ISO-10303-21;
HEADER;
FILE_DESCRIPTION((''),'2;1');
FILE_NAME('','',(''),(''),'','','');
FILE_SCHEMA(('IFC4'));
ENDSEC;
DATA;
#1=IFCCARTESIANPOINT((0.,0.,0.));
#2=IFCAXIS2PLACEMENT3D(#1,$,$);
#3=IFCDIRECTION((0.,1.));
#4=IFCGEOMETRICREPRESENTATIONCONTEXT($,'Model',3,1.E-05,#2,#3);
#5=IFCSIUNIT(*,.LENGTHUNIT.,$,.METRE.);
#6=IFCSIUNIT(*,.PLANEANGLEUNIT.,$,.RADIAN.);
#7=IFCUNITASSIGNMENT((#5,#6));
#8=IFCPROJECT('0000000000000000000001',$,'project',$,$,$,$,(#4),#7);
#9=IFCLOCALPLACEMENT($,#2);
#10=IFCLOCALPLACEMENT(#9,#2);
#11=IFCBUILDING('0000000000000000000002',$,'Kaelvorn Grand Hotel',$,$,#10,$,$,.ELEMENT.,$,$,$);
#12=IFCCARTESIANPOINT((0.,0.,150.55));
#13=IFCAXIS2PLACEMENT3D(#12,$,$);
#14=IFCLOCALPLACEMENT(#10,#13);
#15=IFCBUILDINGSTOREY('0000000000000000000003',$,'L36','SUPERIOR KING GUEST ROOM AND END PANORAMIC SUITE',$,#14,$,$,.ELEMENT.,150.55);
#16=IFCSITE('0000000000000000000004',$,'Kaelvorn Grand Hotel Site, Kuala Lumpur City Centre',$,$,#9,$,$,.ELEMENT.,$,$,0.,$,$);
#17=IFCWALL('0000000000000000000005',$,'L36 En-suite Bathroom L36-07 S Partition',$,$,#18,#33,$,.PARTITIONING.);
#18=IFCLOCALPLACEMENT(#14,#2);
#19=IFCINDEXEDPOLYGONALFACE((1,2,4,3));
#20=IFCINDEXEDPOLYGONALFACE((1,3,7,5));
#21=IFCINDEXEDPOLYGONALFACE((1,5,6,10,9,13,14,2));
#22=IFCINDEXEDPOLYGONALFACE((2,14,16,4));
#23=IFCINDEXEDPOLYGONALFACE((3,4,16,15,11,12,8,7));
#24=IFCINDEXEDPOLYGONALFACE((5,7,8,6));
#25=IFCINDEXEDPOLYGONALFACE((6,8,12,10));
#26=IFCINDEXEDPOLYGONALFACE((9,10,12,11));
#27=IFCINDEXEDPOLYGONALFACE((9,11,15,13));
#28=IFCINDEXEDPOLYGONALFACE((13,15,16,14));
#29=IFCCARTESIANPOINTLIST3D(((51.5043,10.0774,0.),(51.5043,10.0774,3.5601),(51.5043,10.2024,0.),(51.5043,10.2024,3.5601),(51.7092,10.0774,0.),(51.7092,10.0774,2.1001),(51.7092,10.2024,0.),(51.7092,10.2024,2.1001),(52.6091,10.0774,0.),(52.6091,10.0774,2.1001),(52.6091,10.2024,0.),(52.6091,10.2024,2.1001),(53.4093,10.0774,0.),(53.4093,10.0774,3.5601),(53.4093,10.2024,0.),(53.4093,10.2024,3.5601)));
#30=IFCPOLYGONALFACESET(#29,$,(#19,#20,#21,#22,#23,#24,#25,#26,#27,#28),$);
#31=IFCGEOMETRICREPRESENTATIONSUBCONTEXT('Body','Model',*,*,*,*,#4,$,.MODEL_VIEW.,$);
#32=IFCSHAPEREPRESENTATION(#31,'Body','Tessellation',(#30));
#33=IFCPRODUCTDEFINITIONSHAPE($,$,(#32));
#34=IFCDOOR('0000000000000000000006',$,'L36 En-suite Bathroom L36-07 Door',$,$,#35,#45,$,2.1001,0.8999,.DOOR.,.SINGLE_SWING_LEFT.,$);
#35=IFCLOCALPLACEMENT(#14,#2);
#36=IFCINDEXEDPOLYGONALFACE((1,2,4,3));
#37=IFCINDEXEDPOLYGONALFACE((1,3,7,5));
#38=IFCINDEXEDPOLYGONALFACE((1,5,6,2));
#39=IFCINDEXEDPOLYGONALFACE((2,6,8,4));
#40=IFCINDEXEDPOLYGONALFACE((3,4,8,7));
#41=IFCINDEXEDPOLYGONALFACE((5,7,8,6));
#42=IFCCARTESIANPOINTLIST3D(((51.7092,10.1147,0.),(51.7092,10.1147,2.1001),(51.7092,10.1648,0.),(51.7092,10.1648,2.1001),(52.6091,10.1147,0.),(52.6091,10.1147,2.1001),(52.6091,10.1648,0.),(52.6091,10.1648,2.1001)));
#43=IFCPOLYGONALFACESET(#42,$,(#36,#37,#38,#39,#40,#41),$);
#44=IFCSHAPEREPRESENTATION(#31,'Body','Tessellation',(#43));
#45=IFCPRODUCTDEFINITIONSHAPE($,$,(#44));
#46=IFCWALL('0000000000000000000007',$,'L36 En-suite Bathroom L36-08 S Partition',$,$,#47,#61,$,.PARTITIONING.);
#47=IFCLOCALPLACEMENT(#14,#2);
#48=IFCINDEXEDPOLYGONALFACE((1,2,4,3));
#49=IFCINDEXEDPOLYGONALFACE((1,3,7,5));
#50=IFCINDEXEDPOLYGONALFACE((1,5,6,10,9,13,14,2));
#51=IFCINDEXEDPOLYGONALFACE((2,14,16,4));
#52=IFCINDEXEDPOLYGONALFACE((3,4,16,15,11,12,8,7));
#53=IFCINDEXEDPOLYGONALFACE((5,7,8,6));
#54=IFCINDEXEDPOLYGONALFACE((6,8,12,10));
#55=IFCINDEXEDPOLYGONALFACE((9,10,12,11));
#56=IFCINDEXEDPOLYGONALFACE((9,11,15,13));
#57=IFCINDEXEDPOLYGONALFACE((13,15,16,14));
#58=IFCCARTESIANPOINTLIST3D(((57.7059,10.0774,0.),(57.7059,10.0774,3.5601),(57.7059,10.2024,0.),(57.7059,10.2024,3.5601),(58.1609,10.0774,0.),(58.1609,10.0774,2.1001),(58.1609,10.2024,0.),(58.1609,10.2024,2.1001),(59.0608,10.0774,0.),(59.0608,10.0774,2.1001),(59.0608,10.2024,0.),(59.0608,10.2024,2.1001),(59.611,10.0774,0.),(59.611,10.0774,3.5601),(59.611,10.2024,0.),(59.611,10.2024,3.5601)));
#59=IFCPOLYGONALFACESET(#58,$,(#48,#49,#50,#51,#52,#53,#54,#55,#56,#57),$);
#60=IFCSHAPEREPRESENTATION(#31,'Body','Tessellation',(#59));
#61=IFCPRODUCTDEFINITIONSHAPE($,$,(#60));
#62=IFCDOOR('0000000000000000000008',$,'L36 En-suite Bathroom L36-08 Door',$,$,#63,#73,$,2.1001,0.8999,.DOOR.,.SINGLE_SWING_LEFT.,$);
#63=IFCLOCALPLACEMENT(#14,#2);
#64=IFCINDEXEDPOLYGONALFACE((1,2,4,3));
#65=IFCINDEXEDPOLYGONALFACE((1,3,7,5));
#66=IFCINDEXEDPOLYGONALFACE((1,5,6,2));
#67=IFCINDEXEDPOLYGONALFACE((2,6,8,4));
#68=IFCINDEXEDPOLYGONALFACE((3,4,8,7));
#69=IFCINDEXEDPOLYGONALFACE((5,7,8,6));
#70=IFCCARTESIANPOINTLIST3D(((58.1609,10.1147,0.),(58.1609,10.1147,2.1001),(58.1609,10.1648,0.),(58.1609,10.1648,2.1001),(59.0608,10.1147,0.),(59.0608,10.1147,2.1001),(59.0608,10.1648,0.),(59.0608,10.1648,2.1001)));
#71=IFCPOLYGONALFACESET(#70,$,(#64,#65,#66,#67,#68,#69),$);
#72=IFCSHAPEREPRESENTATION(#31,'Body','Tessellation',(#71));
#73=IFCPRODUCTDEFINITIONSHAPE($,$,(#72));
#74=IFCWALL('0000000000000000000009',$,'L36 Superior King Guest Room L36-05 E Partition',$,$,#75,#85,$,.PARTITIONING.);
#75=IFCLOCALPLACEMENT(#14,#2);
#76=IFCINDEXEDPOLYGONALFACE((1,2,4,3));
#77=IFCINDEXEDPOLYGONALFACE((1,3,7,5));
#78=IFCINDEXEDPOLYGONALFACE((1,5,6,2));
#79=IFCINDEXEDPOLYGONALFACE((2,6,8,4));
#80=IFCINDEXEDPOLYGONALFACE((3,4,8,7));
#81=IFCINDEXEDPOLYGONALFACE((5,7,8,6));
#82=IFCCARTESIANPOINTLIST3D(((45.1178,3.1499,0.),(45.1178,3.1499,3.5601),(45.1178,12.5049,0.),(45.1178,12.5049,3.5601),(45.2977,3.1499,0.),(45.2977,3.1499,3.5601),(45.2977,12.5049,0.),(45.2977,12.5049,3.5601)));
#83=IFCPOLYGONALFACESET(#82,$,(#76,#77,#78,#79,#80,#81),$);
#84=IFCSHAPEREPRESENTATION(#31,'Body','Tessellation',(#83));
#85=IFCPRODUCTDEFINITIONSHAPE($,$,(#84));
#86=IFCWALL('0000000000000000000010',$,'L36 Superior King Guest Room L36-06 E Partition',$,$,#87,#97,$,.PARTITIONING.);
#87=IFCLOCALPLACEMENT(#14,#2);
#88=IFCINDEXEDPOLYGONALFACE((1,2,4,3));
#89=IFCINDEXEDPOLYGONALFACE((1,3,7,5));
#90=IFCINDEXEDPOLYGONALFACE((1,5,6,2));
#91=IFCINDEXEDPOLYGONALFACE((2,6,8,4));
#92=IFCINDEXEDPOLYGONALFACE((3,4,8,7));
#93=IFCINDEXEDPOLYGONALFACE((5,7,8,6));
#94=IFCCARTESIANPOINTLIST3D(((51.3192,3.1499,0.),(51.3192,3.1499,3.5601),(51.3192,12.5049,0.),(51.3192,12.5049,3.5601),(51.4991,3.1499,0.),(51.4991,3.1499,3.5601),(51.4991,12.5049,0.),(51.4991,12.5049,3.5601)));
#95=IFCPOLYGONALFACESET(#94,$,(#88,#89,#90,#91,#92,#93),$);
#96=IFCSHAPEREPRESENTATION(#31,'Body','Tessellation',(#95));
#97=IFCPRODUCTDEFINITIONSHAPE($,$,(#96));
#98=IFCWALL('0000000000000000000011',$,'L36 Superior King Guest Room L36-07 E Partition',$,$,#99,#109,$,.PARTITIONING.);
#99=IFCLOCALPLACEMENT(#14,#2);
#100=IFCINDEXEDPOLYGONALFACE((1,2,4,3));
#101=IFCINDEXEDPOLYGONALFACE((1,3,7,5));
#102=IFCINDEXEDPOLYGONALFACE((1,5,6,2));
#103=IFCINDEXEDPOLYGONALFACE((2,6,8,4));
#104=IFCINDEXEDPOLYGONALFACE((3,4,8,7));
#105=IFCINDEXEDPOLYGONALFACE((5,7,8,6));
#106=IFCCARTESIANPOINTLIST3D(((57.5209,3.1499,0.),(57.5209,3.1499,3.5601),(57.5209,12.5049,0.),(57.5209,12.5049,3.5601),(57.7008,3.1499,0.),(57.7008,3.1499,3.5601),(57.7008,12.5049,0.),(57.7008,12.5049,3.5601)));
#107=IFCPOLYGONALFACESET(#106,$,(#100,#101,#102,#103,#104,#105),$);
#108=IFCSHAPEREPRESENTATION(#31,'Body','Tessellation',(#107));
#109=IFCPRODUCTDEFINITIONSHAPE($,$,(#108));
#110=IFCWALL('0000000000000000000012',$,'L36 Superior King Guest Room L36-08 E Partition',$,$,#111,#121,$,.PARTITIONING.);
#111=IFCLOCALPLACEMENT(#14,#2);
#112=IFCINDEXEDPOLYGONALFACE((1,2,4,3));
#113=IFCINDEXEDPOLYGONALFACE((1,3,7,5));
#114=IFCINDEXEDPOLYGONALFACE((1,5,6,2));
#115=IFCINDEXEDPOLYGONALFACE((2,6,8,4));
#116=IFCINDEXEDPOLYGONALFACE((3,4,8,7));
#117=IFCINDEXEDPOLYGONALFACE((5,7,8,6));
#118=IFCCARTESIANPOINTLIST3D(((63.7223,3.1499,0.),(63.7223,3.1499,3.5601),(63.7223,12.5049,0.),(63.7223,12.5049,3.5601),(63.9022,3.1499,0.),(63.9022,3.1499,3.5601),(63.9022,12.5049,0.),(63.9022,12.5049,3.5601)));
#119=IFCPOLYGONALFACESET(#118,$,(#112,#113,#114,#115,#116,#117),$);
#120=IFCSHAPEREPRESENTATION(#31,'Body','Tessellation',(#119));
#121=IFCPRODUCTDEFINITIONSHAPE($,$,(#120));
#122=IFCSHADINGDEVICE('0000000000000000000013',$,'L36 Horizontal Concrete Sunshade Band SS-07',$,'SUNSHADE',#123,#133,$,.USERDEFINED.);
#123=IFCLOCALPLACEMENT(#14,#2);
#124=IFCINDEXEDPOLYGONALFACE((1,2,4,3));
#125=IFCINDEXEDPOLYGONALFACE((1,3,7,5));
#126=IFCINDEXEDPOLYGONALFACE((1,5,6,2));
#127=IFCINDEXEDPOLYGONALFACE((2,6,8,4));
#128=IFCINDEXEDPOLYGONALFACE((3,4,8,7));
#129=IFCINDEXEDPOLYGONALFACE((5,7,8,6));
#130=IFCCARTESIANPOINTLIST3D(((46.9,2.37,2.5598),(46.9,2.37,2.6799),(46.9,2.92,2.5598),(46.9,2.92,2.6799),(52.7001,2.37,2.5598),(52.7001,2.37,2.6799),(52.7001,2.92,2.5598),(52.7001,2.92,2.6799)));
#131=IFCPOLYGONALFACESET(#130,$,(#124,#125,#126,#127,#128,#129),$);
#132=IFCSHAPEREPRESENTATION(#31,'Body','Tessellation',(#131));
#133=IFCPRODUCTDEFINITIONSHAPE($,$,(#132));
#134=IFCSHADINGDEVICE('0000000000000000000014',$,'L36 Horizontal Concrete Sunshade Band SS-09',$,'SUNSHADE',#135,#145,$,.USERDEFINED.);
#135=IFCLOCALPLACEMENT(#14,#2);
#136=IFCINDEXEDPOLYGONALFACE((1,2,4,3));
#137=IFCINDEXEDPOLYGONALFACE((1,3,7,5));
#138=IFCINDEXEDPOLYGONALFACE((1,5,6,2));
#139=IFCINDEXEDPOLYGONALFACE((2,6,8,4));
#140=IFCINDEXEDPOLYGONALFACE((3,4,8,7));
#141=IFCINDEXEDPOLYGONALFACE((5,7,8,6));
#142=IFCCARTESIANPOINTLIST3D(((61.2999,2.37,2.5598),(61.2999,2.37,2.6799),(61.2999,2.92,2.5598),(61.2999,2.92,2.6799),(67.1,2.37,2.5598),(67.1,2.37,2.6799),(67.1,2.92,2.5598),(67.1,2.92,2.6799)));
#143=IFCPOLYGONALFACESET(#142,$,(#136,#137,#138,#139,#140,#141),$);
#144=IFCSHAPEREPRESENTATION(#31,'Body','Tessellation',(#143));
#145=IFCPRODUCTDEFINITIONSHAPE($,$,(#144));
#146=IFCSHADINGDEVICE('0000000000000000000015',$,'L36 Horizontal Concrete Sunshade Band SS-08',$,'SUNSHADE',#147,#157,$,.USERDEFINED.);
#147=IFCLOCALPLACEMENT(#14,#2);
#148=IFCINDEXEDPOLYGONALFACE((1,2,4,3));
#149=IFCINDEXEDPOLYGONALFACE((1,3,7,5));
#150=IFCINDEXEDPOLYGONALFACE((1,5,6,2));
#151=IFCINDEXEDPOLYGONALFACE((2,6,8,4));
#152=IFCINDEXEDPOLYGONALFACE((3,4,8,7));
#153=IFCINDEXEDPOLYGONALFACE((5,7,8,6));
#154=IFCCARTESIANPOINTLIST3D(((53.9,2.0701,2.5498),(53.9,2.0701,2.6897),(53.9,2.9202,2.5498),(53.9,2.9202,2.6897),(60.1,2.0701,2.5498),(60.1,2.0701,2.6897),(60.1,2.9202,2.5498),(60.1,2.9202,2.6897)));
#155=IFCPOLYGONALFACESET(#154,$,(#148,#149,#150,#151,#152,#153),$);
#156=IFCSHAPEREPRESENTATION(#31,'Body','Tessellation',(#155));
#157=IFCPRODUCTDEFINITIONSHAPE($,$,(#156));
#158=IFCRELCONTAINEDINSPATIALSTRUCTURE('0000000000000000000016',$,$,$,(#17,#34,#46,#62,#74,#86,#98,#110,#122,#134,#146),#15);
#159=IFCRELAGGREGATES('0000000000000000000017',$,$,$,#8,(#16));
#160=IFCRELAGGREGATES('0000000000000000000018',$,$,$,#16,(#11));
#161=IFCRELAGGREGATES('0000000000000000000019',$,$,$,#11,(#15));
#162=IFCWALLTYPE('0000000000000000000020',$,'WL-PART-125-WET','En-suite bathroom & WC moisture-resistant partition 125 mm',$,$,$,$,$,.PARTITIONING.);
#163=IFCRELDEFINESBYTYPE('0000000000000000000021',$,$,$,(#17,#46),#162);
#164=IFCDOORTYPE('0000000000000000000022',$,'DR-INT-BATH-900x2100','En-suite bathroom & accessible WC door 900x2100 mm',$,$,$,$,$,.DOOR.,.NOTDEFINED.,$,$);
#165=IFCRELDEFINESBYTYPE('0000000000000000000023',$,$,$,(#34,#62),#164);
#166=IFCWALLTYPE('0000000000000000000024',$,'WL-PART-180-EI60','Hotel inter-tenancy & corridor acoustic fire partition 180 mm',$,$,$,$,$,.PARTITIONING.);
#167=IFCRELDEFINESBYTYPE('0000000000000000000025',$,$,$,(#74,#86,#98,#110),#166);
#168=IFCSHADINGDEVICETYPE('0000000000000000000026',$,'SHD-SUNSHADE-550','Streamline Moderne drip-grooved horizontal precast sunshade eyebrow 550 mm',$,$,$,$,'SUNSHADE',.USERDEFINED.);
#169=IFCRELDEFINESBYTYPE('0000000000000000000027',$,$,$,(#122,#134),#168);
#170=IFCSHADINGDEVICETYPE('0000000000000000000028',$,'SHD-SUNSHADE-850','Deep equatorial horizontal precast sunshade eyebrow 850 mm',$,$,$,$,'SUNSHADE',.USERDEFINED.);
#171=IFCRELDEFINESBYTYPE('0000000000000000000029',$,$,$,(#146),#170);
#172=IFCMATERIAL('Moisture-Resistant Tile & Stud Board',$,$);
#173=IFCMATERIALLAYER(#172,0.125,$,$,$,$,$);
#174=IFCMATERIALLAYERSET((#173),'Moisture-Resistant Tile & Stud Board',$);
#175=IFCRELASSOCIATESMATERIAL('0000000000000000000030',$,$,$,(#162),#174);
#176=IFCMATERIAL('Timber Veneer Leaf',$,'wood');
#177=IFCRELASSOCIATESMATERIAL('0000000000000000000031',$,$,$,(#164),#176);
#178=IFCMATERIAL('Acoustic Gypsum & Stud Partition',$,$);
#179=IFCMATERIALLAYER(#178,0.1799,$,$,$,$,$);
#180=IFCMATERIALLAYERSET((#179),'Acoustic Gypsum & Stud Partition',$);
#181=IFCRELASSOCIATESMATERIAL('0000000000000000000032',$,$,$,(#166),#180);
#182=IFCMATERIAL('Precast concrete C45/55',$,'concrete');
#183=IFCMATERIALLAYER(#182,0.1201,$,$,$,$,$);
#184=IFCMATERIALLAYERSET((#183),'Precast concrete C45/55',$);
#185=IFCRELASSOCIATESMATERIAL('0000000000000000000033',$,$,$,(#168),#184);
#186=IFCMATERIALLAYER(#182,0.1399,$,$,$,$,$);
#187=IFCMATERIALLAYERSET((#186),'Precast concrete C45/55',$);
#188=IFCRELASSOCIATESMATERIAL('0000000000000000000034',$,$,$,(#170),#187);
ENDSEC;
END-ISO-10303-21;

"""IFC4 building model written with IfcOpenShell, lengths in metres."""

from ifc_helpers import new_model, si_unit, direction, frame, frame_2d, origin, origin_2d, place, context, subcontext, project, spatial, rectangle, extrude, material, layer, layer_set, type_object, element, fill, save


model = new_model("IFC4")

# Units and contexts
model_context = context("Model", 3, precision=1e-05, world=origin(), true_north=direction((0.0, 1.0)))
body_context = subcontext(model_context, "Body", "Model", "MODEL_VIEW")
ifc_project = project(units=[si_unit("LENGTHUNIT", "METRE"), si_unit("PLANEANGLEUNIT", "RADIAN")], contexts=[model_context])

# Site, building, storey
site_placement = place(None, origin())
site = spatial("IfcSite", under=ifc_project, at=site_placement, Name="Kaelvorn Grand Hotel Site, Kuala Lumpur City Centre", CompositionType="ELEMENT", RefElevation=0.0)
building_placement = place(site_placement, origin())
building = spatial("IfcBuilding", under=site, at=building_placement, Name="Kaelvorn Grand Hotel", CompositionType="ELEMENT")
storey_placement = place(building_placement, frame((0.0, 0.0, 150.55)))
storey = spatial("IfcBuildingStorey", under=building, at=storey_placement, Name="L36", Description="SUPERIOR KING GUEST ROOM AND END PANORAMIC SUITE", CompositionType="ELEMENT", Elevation=150.55)

# Shared definitions
ifc_material_1 = material(Name="Moisture-Resistant Tile & Stud Board")
ifc_layer_1 = layer(ifc_material_1, 0.125)
ifc_layer_set_1 = layer_set([ifc_layer_1], Name="Moisture-Resistant Tile & Stud Board")
wall_type_1 = type_object("IfcWallType", Name="WL-PART-125-WET", Description="En-suite bathroom & WC moisture-resistant partition 125 mm", PredefinedType="PARTITIONING", material=ifc_layer_set_1)
ifc_material_2 = material(Name="Timber Veneer Leaf", Category="wood")
door_type = type_object("IfcDoorType", Name="DR-INT-BATH-900x2100", Description="En-suite bathroom & accessible WC door 900x2100 mm", OperationType="NOTDEFINED", PredefinedType="DOOR", material=ifc_material_2)

# Walls, openings, doors
wall_1_placement = place(storey_placement, frame((51.5042, 10.1399, 0.0), z_axis=(0.0, 0.0, 1.0), x_axis=(1.0, 0.0, 0.0)))
wall_1 = element("IfcWall", 1, at=wall_1_placement, inside=storey, type_object=wall_type_1, Name="L36 En-suite Bathroom L36-07 S Partition", PredefinedType="PARTITIONING", context=body_context, shape_type="SweptSolid", body=[
    extrude(rectangle(XDim=1.905, YDim=0.125, at=frame_2d((0.9526, 0.0))), origin(), (0.0, 0.0, 1.0), 3.5601),
])
opening_1_placement = place(wall_1_placement, frame((0.2051, 0.0, 0.0)))
opening_1 = element("IfcOpeningElement", 2, at=opening_1_placement, cuts=wall_1, PredefinedType="OPENING", context=body_context, shape_type="SweptSolid", body=[
    extrude(rectangle(XDim=0.8999, YDim=2.1001, at=frame_2d((0.45, 1.05))), frame((0.0, 0.0725, 0.0), z_axis=(0.0, -1.0, 0.0), x_axis=(1.0, 0.0, 0.0)), (0.0, 0.0, 1.0), 0.145),
])
door_1_placement = place(opening_1_placement, origin())
door_1 = element("IfcDoor", 3, at=door_1_placement, inside=storey, type_object=door_type, Name="L36 En-suite Bathroom L36-07 Door", OperationType="SINGLE_SWING_LEFT", OverallHeight=2.1001, OverallWidth=0.8999, PredefinedType="DOOR", context=body_context, shape_type="SweptSolid", body=[
    extrude(rectangle(XDim=0.8999, YDim=2.1001, at=frame_2d((0.45, 1.05))), frame((0.0, 0.0249, 0.0), z_axis=(0.0, -1.0, 0.0), x_axis=(1.0, 0.0, 0.0)), (0.0, 0.0, 1.0), 0.05),
])
fill(opening_1, door_1)
wall_2_placement = place(storey_placement, frame((57.7058, 10.1399, 0.0), z_axis=(0.0, 0.0, 1.0), x_axis=(1.0, 0.0, 0.0)))
wall_2 = element("IfcWall", 4, at=wall_2_placement, inside=storey, type_object=wall_type_1, Name="L36 En-suite Bathroom L36-08 S Partition", PredefinedType="PARTITIONING", context=body_context, shape_type="SweptSolid", body=[
    extrude(rectangle(XDim=1.905, YDim=0.125, at=frame_2d((0.9526, 0.0))), origin(), (0.0, 0.0, 1.0), 3.5601),
])
opening_2_placement = place(wall_2_placement, frame((0.4551, 0.0, 0.0)))
opening_2 = element("IfcOpeningElement", 5, at=opening_2_placement, cuts=wall_2, PredefinedType="OPENING", context=body_context, shape_type="SweptSolid", body=[
    extrude(rectangle(XDim=0.8999, YDim=2.1001, at=frame_2d((0.45, 1.05))), frame((0.0, 0.0725, 0.0), z_axis=(0.0, -1.0, 0.0), x_axis=(1.0, 0.0, 0.0)), (0.0, 0.0, 1.0), 0.145),
])
door_2_placement = place(opening_2_placement, origin())
door_2 = element("IfcDoor", 6, at=door_2_placement, inside=storey, type_object=door_type, Name="L36 En-suite Bathroom L36-08 Door", OperationType="SINGLE_SWING_LEFT", OverallHeight=2.1001, OverallWidth=0.8999, PredefinedType="DOOR", context=body_context, shape_type="SweptSolid", body=[
    extrude(rectangle(XDim=0.8999, YDim=2.1001, at=frame_2d((0.45, 1.05))), frame((0.0, 0.0249, 0.0), z_axis=(0.0, -1.0, 0.0), x_axis=(1.0, 0.0, 0.0)), (0.0, 0.0, 1.0), 0.05),
])
fill(opening_2, door_2)

# Walls
ifc_material_3 = material(Name="Acoustic Gypsum & Stud Partition")
ifc_layer_2 = layer(ifc_material_3, 0.1799)
ifc_layer_set_2 = layer_set([ifc_layer_2], Name="Acoustic Gypsum & Stud Partition")
wall_type_2 = type_object("IfcWallType", Name="WL-PART-180-EI60", Description="Hotel inter-tenancy & corridor acoustic fire partition 180 mm", PredefinedType="PARTITIONING", material=ifc_layer_set_2)
for number, where, z_axis, x_axis, name in (
    (7, (45.2078, 3.1499, 0.0), (0.0, 0.0, 1.0), (0.0, 1.0, 0.0), "L36 Superior King Guest Room L36-05 E Partition"),
    (8, (51.4092, 3.1499, 0.0), (0.0, 0.0, 1.0), (0.0, 1.0, 0.0), "L36 Superior King Guest Room L36-06 E Partition"),
    (9, (57.6108, 3.1499, 0.0), (0.0, 0.0, 1.0), (0.0, 1.0, 0.0), "L36 Superior King Guest Room L36-07 E Partition"),
    (10, (63.8123, 3.1499, 0.0), (0.0, 0.0, 1.0), (0.0, 1.0, 0.0), "L36 Superior King Guest Room L36-08 E Partition"),
):
    element("IfcWall", number, at=place(storey_placement, frame(where, z_axis=z_axis, x_axis=x_axis)), inside=storey, type_object=wall_type_2, Name=name, PredefinedType="PARTITIONING", context=body_context, shape_type="SweptSolid", body=[
        extrude(rectangle(XDim=9.355, YDim=0.1799, at=frame_2d((4.6775, 0.0))), origin(), (0.0, 0.0, 1.0), 3.5601),
    ])

# Shading devices
ifc_material_4 = material(Name="Precast concrete C45/55", Category="concrete")
ifc_layer_3 = layer(ifc_material_4, 0.1201)
ifc_layer_set_3 = layer_set([ifc_layer_3], Name="Precast concrete C45/55")
shading_device_type_1 = type_object("IfcShadingDeviceType", Name="SHD-SUNSHADE-550", Description="Streamline Moderne drip-grooved horizontal precast sunshade eyebrow 550 mm", ElementType="SUNSHADE", PredefinedType="USERDEFINED", material=ifc_layer_set_3)
for number, where, z_axis, x_axis, name in (
    (11, (49.8, 2.645, 2.5598), (0.0, 0.0, 1.0), (1.0, 0.0, 0.0), "L36 Horizontal Concrete Sunshade Band SS-07"),
    (12, (64.2, 2.645, 2.5598), (0.0, 0.0, 1.0), (1.0, 0.0, 0.0), "L36 Horizontal Concrete Sunshade Band SS-09"),
):
    element("IfcShadingDevice", number, at=place(storey_placement, frame(where, z_axis=z_axis, x_axis=x_axis)), inside=storey, type_object=shading_device_type_1, Name=name, ObjectType="SUNSHADE", PredefinedType="USERDEFINED", context=body_context, shape_type="SweptSolid", body=[
        extrude(rectangle(XDim=5.8, YDim=0.55, at=origin_2d()), origin(), (0.0, 0.0, 1.0), 0.1201),
    ])
ifc_layer_4 = layer(ifc_material_4, 0.1399)
ifc_layer_set_4 = layer_set([ifc_layer_4], Name="Precast concrete C45/55")
shading_device_type_2 = type_object("IfcShadingDeviceType", Name="SHD-SUNSHADE-850", Description="Deep equatorial horizontal precast sunshade eyebrow 850 mm", ElementType="SUNSHADE", PredefinedType="USERDEFINED", material=ifc_layer_set_4)
shading_device_placement = place(storey_placement, frame((57.0, 2.4951, 2.5498), z_axis=(0.0, 0.0, 1.0), x_axis=(1.0, 0.0, 0.0)))
element("IfcShadingDevice", 13, at=shading_device_placement, inside=storey, type_object=shading_device_type_2, Name="L36 Horizontal Concrete Sunshade Band SS-08", ObjectType="SUNSHADE", PredefinedType="USERDEFINED", context=body_context, shape_type="SweptSolid", body=[
    extrude(rectangle(XDim=6.2, YDim=0.8501, at=origin_2d()), origin(), (0.0, 0.0, 1.0), 0.1399),
])

save(model, "model.ifc")
